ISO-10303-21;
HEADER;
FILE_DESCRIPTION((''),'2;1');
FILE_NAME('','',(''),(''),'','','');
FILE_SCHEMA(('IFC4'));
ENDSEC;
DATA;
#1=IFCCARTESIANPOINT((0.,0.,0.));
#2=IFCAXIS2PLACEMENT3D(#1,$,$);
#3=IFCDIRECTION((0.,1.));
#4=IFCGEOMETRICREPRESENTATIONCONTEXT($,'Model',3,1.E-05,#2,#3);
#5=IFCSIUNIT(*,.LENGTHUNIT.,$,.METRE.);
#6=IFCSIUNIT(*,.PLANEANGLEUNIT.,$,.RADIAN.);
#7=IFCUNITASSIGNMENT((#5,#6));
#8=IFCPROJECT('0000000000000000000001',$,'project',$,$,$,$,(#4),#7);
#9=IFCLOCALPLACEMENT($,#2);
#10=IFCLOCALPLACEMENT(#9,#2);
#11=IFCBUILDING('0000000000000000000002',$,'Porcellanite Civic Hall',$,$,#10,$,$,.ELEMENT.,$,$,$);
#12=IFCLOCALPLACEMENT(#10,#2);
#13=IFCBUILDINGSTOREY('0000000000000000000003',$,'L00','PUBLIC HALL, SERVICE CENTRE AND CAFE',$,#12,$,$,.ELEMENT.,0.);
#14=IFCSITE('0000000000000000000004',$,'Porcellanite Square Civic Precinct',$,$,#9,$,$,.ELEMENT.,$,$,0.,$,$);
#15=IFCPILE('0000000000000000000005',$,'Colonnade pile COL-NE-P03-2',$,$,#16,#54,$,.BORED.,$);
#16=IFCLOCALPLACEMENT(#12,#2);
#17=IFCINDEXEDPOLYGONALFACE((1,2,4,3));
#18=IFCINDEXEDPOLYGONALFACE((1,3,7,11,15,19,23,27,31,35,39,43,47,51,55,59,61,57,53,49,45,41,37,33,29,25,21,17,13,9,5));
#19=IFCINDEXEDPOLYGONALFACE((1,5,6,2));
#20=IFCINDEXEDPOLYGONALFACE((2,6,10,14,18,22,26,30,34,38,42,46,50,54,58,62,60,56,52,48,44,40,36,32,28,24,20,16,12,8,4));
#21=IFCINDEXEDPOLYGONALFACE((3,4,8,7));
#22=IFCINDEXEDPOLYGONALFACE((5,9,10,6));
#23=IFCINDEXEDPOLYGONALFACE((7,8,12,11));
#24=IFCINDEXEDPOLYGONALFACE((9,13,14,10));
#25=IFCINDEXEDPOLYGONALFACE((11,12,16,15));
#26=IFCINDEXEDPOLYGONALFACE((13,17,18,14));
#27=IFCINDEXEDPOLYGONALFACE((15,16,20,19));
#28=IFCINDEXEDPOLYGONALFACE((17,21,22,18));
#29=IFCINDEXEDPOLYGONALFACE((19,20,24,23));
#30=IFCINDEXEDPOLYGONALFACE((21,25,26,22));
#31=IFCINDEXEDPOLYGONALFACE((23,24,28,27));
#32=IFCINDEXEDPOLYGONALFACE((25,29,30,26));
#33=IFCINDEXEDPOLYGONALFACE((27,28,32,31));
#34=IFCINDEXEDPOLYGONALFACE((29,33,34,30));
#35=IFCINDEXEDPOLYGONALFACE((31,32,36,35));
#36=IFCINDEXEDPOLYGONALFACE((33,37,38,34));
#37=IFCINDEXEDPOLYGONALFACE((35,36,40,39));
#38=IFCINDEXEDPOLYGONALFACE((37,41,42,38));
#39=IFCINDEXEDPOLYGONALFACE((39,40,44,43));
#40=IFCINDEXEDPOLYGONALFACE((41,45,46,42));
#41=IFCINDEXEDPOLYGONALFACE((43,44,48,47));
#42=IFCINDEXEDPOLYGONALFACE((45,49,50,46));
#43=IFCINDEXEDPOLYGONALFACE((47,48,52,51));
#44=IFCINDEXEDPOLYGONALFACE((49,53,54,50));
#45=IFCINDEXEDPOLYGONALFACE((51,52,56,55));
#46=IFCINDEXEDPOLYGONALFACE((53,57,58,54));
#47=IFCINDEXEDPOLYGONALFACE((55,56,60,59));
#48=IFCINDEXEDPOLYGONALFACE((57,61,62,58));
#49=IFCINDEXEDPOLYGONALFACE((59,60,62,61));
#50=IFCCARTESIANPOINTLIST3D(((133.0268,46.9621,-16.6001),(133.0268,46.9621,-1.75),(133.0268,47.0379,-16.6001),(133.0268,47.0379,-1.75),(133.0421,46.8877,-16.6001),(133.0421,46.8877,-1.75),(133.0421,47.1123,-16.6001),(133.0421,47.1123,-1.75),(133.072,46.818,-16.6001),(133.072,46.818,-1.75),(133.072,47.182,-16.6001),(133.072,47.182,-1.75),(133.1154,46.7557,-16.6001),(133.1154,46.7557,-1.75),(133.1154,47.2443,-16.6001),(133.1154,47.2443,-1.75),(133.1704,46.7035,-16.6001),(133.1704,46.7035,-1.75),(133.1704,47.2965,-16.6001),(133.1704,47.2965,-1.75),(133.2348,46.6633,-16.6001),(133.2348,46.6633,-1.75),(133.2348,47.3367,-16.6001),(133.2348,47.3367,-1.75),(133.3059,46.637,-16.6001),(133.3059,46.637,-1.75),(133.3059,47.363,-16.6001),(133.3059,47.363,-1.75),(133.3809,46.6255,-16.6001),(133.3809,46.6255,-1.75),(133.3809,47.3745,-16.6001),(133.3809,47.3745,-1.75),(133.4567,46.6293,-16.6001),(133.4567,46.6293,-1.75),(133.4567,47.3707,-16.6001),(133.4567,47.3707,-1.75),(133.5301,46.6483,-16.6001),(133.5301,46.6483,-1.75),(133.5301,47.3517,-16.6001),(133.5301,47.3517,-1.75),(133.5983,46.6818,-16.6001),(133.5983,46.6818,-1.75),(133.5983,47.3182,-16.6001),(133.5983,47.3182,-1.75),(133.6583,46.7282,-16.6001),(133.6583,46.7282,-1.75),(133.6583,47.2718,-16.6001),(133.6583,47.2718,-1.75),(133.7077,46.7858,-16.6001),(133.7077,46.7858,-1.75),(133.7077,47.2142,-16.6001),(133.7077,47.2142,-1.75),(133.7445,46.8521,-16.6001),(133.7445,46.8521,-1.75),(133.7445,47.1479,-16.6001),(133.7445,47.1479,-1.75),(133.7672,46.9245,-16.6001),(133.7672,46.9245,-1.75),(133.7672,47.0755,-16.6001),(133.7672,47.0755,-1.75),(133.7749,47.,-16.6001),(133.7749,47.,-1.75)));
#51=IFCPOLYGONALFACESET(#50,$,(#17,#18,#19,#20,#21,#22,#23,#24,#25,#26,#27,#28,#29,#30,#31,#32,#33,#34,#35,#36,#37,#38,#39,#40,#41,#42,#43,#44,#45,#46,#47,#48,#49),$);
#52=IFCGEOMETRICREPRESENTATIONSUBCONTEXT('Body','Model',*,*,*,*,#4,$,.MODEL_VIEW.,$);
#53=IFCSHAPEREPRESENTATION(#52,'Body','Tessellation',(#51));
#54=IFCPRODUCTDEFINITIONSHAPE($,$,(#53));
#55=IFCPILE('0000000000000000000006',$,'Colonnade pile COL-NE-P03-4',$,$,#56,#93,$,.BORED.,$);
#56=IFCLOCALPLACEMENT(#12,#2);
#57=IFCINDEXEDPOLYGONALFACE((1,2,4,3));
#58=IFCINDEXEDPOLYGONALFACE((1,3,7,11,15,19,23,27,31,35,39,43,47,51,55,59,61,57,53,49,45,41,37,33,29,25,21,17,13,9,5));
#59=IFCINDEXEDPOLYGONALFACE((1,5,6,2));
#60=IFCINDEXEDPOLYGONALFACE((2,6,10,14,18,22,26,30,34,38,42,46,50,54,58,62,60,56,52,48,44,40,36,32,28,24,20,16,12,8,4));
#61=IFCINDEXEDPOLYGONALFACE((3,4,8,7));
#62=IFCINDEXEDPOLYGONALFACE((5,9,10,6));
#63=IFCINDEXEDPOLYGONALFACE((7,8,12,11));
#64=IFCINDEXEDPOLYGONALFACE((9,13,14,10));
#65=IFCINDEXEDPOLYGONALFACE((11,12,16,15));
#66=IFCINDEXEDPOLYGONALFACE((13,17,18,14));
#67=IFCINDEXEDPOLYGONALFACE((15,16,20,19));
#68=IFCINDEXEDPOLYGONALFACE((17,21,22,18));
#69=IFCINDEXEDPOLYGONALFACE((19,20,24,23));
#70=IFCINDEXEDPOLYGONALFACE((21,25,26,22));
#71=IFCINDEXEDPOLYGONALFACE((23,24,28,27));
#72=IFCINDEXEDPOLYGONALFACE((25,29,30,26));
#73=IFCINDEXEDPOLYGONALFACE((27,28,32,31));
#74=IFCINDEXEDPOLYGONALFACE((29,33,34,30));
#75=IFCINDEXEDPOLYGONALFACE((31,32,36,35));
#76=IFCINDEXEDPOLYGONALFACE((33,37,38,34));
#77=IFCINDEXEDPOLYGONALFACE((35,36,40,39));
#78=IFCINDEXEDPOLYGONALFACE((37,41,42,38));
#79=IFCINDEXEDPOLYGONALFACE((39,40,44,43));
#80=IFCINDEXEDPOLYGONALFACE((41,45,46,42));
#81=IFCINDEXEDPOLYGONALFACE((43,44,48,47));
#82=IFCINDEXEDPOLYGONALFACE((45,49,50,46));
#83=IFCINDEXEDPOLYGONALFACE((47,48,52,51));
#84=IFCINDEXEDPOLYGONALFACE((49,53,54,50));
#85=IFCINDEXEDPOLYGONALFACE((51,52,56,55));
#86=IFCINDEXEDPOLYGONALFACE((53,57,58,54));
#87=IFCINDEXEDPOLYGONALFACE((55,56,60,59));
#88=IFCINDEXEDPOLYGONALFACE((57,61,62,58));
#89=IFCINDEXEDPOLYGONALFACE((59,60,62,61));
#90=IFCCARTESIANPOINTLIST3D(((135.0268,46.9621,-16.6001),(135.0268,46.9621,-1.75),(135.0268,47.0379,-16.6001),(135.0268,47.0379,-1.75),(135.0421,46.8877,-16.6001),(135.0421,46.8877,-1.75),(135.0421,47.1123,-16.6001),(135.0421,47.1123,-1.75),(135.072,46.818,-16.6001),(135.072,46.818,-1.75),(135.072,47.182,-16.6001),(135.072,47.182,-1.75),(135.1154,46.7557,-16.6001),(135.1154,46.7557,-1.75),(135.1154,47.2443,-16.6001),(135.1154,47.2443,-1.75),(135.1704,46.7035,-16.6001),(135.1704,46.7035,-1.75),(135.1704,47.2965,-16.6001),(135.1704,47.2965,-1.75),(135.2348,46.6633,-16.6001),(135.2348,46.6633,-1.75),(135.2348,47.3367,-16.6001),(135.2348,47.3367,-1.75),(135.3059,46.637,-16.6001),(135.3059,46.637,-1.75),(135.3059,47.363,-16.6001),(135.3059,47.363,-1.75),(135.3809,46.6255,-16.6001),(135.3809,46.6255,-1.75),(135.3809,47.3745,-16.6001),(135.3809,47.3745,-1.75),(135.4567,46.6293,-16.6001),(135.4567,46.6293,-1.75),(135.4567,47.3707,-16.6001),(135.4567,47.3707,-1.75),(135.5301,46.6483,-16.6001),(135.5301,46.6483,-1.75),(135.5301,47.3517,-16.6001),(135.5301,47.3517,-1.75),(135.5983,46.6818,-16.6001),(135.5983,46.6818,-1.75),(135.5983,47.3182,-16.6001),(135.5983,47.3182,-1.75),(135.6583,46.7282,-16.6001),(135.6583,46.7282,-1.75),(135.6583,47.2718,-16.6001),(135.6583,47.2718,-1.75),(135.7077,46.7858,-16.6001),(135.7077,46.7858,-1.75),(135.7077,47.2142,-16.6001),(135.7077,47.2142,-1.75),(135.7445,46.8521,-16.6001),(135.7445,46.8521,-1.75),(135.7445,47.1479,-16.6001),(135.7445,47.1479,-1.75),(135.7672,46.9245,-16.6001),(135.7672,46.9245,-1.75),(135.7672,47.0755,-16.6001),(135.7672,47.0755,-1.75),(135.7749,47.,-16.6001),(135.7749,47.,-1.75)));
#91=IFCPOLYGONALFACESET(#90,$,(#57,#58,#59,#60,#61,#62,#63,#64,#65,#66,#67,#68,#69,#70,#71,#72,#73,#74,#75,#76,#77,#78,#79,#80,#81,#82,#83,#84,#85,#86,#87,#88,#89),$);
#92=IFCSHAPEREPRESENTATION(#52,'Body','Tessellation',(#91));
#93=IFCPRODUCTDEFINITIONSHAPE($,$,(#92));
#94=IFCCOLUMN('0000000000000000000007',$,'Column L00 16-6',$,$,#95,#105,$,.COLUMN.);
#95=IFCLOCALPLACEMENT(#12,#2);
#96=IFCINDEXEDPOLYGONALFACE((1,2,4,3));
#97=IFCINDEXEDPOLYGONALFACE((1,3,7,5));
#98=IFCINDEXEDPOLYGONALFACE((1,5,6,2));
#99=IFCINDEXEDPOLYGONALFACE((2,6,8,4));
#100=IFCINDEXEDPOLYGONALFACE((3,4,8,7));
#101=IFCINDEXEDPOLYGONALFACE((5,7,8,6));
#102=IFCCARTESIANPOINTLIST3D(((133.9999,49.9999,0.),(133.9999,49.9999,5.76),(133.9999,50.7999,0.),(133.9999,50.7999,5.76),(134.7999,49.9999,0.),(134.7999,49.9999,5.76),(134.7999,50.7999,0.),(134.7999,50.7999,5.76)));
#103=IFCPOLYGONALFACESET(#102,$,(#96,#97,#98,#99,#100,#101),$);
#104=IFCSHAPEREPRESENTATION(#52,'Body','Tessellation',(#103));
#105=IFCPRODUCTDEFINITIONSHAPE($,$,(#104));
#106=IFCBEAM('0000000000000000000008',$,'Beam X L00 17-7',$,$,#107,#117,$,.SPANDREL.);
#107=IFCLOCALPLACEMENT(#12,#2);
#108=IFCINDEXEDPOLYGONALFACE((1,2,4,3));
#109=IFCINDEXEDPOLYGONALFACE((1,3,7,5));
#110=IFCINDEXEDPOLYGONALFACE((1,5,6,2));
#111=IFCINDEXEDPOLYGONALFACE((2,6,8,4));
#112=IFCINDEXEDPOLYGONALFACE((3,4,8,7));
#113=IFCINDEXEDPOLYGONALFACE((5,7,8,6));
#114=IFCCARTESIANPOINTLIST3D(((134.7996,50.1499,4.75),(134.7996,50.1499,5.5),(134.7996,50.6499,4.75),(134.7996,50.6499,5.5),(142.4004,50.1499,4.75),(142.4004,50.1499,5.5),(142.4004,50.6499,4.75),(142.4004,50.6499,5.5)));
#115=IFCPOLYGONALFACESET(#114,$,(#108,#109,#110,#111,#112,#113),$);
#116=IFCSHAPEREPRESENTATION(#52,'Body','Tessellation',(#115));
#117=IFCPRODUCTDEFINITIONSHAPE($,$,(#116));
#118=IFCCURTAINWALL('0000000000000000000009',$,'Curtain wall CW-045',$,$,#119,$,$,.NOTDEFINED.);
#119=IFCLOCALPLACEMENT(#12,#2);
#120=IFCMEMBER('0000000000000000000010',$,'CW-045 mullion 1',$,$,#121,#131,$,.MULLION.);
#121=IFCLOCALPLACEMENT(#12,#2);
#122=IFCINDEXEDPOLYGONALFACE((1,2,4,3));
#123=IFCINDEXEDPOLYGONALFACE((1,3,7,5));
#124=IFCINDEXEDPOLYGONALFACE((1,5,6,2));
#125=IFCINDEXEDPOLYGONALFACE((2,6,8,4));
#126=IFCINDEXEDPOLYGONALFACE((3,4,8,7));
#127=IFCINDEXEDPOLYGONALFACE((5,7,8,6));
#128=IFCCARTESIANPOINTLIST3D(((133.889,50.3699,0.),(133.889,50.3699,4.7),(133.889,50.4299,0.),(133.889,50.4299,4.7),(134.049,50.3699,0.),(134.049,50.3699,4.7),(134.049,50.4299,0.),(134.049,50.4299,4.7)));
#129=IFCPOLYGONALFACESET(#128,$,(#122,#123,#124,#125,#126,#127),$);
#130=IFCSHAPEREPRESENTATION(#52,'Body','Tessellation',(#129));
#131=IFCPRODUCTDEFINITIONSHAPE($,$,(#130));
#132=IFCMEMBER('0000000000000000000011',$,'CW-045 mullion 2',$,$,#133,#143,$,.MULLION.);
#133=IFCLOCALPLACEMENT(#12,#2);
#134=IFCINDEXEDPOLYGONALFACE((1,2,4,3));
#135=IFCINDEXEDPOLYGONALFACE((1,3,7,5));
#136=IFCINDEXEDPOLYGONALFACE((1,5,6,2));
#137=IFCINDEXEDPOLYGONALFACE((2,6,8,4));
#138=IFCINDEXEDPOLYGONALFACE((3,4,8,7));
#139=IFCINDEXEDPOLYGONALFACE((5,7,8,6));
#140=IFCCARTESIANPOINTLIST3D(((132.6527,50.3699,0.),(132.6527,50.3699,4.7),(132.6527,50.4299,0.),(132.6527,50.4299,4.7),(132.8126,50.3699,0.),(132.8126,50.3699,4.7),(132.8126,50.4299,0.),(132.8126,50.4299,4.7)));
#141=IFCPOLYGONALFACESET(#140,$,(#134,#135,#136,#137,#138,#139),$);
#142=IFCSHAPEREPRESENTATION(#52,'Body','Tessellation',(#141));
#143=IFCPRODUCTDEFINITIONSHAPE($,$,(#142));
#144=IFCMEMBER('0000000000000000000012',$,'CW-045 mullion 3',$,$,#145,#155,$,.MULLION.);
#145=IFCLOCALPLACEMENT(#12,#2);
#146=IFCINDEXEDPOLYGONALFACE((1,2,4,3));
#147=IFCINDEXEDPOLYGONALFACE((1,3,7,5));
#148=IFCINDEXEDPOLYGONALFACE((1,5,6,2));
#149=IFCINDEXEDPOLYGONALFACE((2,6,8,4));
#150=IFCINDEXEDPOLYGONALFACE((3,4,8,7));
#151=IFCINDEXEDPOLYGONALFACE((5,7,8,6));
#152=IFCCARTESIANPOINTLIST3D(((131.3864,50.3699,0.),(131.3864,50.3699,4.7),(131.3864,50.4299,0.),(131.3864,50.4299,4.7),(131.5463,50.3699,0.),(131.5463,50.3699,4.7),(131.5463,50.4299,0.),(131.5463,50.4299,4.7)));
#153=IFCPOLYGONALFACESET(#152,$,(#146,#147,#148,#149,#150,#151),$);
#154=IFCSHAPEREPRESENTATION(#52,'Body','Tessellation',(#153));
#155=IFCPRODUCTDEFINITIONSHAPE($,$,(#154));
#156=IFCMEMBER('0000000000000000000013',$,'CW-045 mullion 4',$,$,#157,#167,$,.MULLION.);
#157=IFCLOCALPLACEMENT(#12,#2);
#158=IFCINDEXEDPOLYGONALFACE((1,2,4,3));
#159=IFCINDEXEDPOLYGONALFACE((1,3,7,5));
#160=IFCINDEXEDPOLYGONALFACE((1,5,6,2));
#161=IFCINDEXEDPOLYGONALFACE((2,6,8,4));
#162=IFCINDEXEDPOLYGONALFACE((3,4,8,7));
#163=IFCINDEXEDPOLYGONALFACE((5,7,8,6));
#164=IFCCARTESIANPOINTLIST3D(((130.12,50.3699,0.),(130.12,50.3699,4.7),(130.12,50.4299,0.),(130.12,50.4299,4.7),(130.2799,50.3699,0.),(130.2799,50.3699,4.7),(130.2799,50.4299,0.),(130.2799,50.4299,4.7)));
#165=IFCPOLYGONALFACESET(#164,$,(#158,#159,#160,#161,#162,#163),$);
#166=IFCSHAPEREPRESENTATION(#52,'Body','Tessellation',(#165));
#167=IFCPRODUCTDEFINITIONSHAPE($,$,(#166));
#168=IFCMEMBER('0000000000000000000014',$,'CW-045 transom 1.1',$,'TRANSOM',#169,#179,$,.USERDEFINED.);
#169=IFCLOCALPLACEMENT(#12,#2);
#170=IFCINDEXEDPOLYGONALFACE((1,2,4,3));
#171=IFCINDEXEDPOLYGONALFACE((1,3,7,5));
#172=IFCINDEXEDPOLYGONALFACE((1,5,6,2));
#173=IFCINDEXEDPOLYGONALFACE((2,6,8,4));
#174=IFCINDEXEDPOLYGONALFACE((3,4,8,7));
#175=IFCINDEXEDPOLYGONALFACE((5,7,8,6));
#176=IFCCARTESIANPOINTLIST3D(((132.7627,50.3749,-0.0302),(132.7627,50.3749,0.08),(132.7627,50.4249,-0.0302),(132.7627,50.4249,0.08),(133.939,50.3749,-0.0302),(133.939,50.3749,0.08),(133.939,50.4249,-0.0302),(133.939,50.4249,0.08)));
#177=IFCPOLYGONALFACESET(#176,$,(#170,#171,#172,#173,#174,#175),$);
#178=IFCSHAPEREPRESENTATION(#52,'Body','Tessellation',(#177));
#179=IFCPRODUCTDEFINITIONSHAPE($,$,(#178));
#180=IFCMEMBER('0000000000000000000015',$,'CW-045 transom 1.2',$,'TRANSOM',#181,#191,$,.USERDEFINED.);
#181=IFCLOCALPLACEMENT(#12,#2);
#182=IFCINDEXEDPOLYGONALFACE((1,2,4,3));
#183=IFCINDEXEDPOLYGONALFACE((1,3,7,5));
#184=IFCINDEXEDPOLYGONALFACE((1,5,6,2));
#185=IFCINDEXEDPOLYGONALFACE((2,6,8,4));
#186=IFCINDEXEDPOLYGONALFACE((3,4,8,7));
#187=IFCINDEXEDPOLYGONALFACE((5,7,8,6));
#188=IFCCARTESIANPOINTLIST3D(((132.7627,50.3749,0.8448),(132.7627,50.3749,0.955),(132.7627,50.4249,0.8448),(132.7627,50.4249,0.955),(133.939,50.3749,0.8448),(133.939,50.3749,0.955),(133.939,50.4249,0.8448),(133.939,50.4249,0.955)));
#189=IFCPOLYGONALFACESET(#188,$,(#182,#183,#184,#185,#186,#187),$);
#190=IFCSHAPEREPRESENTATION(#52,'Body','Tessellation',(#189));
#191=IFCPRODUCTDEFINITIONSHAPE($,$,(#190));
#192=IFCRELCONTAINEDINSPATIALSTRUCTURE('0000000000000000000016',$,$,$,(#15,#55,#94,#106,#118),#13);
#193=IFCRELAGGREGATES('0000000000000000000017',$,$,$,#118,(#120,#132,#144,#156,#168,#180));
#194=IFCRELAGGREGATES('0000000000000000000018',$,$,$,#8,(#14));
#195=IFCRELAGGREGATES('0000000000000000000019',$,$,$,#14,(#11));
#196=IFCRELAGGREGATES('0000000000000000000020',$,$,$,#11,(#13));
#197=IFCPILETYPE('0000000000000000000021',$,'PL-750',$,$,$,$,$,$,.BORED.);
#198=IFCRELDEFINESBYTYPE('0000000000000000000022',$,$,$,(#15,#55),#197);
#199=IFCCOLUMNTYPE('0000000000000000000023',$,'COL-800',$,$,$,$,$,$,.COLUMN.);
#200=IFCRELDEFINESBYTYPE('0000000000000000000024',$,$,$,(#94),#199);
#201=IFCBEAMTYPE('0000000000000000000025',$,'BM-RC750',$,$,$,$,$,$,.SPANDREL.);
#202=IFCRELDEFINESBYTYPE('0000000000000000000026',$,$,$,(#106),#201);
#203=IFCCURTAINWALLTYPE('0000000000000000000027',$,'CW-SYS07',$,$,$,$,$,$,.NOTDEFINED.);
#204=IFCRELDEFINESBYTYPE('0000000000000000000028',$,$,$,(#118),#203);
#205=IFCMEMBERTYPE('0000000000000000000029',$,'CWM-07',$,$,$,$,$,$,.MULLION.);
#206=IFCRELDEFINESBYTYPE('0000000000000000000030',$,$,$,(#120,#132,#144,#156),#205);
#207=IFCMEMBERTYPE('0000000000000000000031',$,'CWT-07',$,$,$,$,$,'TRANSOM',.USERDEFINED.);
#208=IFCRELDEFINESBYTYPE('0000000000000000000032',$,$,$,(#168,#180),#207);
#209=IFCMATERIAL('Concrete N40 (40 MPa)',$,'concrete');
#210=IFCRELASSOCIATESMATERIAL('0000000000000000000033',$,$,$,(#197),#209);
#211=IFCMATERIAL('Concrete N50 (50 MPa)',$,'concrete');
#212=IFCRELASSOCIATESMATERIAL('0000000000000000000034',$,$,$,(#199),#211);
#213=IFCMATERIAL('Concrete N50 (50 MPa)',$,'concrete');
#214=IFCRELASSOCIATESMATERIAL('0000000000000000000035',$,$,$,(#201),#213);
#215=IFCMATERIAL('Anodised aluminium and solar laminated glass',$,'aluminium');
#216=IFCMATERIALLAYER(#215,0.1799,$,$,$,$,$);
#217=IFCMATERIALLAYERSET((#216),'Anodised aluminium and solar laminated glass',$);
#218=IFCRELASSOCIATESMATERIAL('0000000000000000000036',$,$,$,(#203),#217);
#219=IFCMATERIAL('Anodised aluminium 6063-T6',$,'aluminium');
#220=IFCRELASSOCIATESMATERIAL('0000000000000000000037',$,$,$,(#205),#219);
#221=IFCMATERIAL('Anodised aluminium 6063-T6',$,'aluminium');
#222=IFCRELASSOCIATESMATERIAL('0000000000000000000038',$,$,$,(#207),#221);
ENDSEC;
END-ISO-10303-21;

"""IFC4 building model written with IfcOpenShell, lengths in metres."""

from ifc_helpers import new_model, si_unit, direction, frame, origin, origin_2d, place, context, subcontext, project, spatial, rectangle, circle, extrude, material, layer, layer_set, material_profile, profile_set, type_object, element, aggregate, save


model = new_model("IFC4")

# Units and contexts
model_context = context("Model", 3, precision=1e-05, world=origin(), true_north=direction((0.0, 1.0)))
body_context = subcontext(model_context, "Body", "Model", "MODEL_VIEW")
ifc_project = project(units=[si_unit("LENGTHUNIT", "METRE"), si_unit("PLANEANGLEUNIT", "RADIAN")], contexts=[model_context])

# Site, building, storey
site_placement = place(None, origin())
site = spatial("IfcSite", under=ifc_project, at=site_placement, Name="Porcellanite Square Civic Precinct", CompositionType="ELEMENT", RefElevation=0.0)
building_placement = place(site_placement, origin())
building = spatial("IfcBuilding", under=site, at=building_placement, Name="Porcellanite Civic Hall", CompositionType="ELEMENT")
storey_placement = place(building_placement, origin())
storey = spatial("IfcBuildingStorey", under=building, at=storey_placement, Name="L00", Description="PUBLIC HALL, SERVICE CENTRE AND CAFE", CompositionType="ELEMENT", Elevation=0.0)

# Piles
ifc_material_1 = material(Name="Concrete N40 (40 MPa)", Category="concrete")
ifc_material_profile_1 = material_profile(ifc_material_1, circle(Radius=0.375, at=origin_2d()), Name="PILE-D750")
ifc_profile_set_1 = profile_set([ifc_material_profile_1], Name="Concrete N40 (40 MPa)")
pile_type = type_object("IfcPileType", Name="PL-750", PredefinedType="BORED", material=ifc_profile_set_1)
for number, where, z_axis, x_axis, name in (
    (1, (133.3999, 47.0, -1.75), (0.0, 0.0, -1.0), (1.0, 0.0, 0.0), "Colonnade pile COL-NE-P03-2"),
    (2, (135.3999, 47.0, -1.75), (0.0, 0.0, -1.0), (1.0, 0.0, 0.0), "Colonnade pile COL-NE-P03-4"),
):
    element("IfcPile", number, at=place(storey_placement, frame(where, z_axis=z_axis, x_axis=x_axis)), inside=storey, type_object=pile_type, Name=name, PredefinedType="BORED", context=body_context, shape_type="SweptSolid", body=[
        extrude(circle(Radius=0.375, at=origin_2d()), origin(), (0.0, 0.0, 1.0), 14.8501),
    ])

# Column
ifc_material_2 = material(Name="Concrete N50 (50 MPa)", Category="concrete")
ifc_material_profile_2 = material_profile(ifc_material_2, rectangle(XDim=0.8, YDim=0.8, at=origin_2d()), Name="RC-800x800")
ifc_profile_set_2 = profile_set([ifc_material_profile_2], Name="Concrete N50 (50 MPa)")
column_type = type_object("IfcColumnType", Name="COL-800", PredefinedType="COLUMN", material=ifc_profile_set_2)
column_placement = place(storey_placement, frame((134.3999, 50.3999, 0.0), z_axis=(0.0, 0.0, 1.0), x_axis=(1.0, 0.0, 0.0)))
element("IfcColumn", 3, at=column_placement, inside=storey, type_object=column_type, Name="Column L00 16-6", PredefinedType="COLUMN", context=body_context, shape_type="SweptSolid", body=[
    extrude(rectangle(XDim=0.8, YDim=0.8, at=origin_2d()), origin(), (0.0, 0.0, 1.0), 5.76),
])

# Beam
ifc_material_3 = material(Name="Concrete N50 (50 MPa)", Category="concrete")
ifc_material_profile_3 = material_profile(ifc_material_3, rectangle(XDim=0.5, YDim=0.75, at=origin_2d()), Name="RC-500x750")
ifc_profile_set_3 = profile_set([ifc_material_profile_3], Name="Concrete N50 (50 MPa)")
beam_type = type_object("IfcBeamType", Name="BM-RC750", PredefinedType="SPANDREL", material=ifc_profile_set_3)
beam_placement = place(storey_placement, frame((134.7996, 50.3999, 5.125), z_axis=(1.0, 0.0, 0.0), x_axis=(0.0, 1.0, 0.0)))
element("IfcBeam", 4, at=beam_placement, inside=storey, type_object=beam_type, Name="Beam X L00 17-7", PredefinedType="SPANDREL", context=body_context, shape_type="SweptSolid", body=[
    extrude(rectangle(XDim=0.5, YDim=0.75, at=origin_2d()), origin(), (0.0, 0.0, 1.0), 7.6008),
])

# Curtain wall, members
ifc_material_4 = material(Name="Anodised aluminium and solar laminated glass", Category="aluminium")
ifc_layer_1 = layer(ifc_material_4, 0.1799)
ifc_layer_set_1 = layer_set([ifc_layer_1], Name="Anodised aluminium and solar laminated glass")
curtain_wall_type = type_object("IfcCurtainWallType", Name="CW-SYS07", PredefinedType="NOTDEFINED", material=ifc_layer_set_1)
curtain_wall_placement = place(storey_placement, origin())
curtain_wall = element("IfcCurtainWall", 5, at=curtain_wall_placement, inside=storey, type_object=curtain_wall_type, Name="Curtain wall CW-045", PredefinedType="NOTDEFINED")
ifc_material_5 = material(Name="Anodised aluminium 6063-T6", Category="aluminium")
ifc_material_profile_4 = material_profile(ifc_material_5, rectangle(XDim=0.0601, YDim=0.1599, at=origin_2d()), Name="AL-60x160")
ifc_profile_set_4 = profile_set([ifc_material_profile_4], Name="Anodised aluminium 6063-T6")
member_type_1 = type_object("IfcMemberType", Name="CWM-07", PredefinedType="MULLION", material=ifc_profile_set_4)
member_1_placement = place(storey_placement, frame((133.969, 50.3999, 0.0), z_axis=(0.0, 0.0, 1.0), x_axis=(0.0, -1.0, 0.0)))
member_1 = element("IfcMember", 6, at=member_1_placement, type_object=member_type_1, Name="CW-045 mullion 1", PredefinedType="MULLION", context=body_context, shape_type="SweptSolid", body=[
    extrude(rectangle(XDim=0.0601, YDim=0.1599, at=origin_2d()), origin(), (0.0, 0.0, 1.0), 4.7),
])
member_2_placement = place(storey_placement, frame((132.7327, 50.3999, 0.0), z_axis=(0.0, 0.0, 1.0), x_axis=(0.0, -1.0, 0.0)))
member_2 = element("IfcMember", 7, at=member_2_placement, type_object=member_type_1, Name="CW-045 mullion 2", PredefinedType="MULLION", context=body_context, shape_type="SweptSolid", body=[
    extrude(rectangle(XDim=0.0601, YDim=0.1599, at=origin_2d()), origin(), (0.0, 0.0, 1.0), 4.7),
])
member_3_placement = place(storey_placement, frame((131.4663, 50.3999, 0.0), z_axis=(0.0, 0.0, 1.0), x_axis=(0.0, -1.0, 0.0)))
member_3 = element("IfcMember", 8, at=member_3_placement, type_object=member_type_1, Name="CW-045 mullion 3", PredefinedType="MULLION", context=body_context, shape_type="SweptSolid", body=[
    extrude(rectangle(XDim=0.0601, YDim=0.1599, at=origin_2d()), origin(), (0.0, 0.0, 1.0), 4.7),
])
member_4_placement = place(storey_placement, frame((130.2, 50.3999, 0.0), z_axis=(0.0, 0.0, 1.0), x_axis=(0.0, -1.0, 0.0)))
member_4 = element("IfcMember", 9, at=member_4_placement, type_object=member_type_1, Name="CW-045 mullion 4", PredefinedType="MULLION", context=body_context, shape_type="SweptSolid", body=[
    extrude(rectangle(XDim=0.0601, YDim=0.1599, at=origin_2d()), origin(), (0.0, 0.0, 1.0), 4.7),
])
ifc_material_6 = material(Name="Anodised aluminium 6063-T6", Category="aluminium")
ifc_material_profile_5 = material_profile(ifc_material_6, rectangle(XDim=0.05, YDim=0.1101, at=origin_2d()), Name="AL-50x110")
ifc_profile_set_5 = profile_set([ifc_material_profile_5], Name="Anodised aluminium 6063-T6")
member_type_2 = type_object("IfcMemberType", Name="CWT-07", ElementType="TRANSOM", PredefinedType="USERDEFINED", material=ifc_profile_set_5)
member_5_placement = place(storey_placement, frame((133.939, 50.3999, 0.0249), z_axis=(-1.0, 0.0, 0.0), x_axis=(0.0, -1.0, 0.0)))
member_5 = element("IfcMember", 10, at=member_5_placement, type_object=member_type_2, Name="CW-045 transom 1.1", ObjectType="TRANSOM", PredefinedType="USERDEFINED", context=body_context, shape_type="SweptSolid", body=[
    extrude(rectangle(XDim=0.05, YDim=0.1101, at=origin_2d()), origin(), (0.0, 0.0, 1.0), 1.1763),
])
member_6_placement = place(storey_placement, frame((133.939, 50.3999, 0.8999), z_axis=(-1.0, 0.0, 0.0), x_axis=(0.0, -1.0, 0.0)))
member_6 = element("IfcMember", 11, at=member_6_placement, type_object=member_type_2, Name="CW-045 transom 1.2", ObjectType="TRANSOM", PredefinedType="USERDEFINED", context=body_context, shape_type="SweptSolid", body=[
    extrude(rectangle(XDim=0.05, YDim=0.1101, at=origin_2d()), origin(), (0.0, 0.0, 1.0), 1.1763),
])

aggregate(curtain_wall, [member_1, member_2, member_3, member_4, member_5, member_6])

save(model, "model.ifc")
